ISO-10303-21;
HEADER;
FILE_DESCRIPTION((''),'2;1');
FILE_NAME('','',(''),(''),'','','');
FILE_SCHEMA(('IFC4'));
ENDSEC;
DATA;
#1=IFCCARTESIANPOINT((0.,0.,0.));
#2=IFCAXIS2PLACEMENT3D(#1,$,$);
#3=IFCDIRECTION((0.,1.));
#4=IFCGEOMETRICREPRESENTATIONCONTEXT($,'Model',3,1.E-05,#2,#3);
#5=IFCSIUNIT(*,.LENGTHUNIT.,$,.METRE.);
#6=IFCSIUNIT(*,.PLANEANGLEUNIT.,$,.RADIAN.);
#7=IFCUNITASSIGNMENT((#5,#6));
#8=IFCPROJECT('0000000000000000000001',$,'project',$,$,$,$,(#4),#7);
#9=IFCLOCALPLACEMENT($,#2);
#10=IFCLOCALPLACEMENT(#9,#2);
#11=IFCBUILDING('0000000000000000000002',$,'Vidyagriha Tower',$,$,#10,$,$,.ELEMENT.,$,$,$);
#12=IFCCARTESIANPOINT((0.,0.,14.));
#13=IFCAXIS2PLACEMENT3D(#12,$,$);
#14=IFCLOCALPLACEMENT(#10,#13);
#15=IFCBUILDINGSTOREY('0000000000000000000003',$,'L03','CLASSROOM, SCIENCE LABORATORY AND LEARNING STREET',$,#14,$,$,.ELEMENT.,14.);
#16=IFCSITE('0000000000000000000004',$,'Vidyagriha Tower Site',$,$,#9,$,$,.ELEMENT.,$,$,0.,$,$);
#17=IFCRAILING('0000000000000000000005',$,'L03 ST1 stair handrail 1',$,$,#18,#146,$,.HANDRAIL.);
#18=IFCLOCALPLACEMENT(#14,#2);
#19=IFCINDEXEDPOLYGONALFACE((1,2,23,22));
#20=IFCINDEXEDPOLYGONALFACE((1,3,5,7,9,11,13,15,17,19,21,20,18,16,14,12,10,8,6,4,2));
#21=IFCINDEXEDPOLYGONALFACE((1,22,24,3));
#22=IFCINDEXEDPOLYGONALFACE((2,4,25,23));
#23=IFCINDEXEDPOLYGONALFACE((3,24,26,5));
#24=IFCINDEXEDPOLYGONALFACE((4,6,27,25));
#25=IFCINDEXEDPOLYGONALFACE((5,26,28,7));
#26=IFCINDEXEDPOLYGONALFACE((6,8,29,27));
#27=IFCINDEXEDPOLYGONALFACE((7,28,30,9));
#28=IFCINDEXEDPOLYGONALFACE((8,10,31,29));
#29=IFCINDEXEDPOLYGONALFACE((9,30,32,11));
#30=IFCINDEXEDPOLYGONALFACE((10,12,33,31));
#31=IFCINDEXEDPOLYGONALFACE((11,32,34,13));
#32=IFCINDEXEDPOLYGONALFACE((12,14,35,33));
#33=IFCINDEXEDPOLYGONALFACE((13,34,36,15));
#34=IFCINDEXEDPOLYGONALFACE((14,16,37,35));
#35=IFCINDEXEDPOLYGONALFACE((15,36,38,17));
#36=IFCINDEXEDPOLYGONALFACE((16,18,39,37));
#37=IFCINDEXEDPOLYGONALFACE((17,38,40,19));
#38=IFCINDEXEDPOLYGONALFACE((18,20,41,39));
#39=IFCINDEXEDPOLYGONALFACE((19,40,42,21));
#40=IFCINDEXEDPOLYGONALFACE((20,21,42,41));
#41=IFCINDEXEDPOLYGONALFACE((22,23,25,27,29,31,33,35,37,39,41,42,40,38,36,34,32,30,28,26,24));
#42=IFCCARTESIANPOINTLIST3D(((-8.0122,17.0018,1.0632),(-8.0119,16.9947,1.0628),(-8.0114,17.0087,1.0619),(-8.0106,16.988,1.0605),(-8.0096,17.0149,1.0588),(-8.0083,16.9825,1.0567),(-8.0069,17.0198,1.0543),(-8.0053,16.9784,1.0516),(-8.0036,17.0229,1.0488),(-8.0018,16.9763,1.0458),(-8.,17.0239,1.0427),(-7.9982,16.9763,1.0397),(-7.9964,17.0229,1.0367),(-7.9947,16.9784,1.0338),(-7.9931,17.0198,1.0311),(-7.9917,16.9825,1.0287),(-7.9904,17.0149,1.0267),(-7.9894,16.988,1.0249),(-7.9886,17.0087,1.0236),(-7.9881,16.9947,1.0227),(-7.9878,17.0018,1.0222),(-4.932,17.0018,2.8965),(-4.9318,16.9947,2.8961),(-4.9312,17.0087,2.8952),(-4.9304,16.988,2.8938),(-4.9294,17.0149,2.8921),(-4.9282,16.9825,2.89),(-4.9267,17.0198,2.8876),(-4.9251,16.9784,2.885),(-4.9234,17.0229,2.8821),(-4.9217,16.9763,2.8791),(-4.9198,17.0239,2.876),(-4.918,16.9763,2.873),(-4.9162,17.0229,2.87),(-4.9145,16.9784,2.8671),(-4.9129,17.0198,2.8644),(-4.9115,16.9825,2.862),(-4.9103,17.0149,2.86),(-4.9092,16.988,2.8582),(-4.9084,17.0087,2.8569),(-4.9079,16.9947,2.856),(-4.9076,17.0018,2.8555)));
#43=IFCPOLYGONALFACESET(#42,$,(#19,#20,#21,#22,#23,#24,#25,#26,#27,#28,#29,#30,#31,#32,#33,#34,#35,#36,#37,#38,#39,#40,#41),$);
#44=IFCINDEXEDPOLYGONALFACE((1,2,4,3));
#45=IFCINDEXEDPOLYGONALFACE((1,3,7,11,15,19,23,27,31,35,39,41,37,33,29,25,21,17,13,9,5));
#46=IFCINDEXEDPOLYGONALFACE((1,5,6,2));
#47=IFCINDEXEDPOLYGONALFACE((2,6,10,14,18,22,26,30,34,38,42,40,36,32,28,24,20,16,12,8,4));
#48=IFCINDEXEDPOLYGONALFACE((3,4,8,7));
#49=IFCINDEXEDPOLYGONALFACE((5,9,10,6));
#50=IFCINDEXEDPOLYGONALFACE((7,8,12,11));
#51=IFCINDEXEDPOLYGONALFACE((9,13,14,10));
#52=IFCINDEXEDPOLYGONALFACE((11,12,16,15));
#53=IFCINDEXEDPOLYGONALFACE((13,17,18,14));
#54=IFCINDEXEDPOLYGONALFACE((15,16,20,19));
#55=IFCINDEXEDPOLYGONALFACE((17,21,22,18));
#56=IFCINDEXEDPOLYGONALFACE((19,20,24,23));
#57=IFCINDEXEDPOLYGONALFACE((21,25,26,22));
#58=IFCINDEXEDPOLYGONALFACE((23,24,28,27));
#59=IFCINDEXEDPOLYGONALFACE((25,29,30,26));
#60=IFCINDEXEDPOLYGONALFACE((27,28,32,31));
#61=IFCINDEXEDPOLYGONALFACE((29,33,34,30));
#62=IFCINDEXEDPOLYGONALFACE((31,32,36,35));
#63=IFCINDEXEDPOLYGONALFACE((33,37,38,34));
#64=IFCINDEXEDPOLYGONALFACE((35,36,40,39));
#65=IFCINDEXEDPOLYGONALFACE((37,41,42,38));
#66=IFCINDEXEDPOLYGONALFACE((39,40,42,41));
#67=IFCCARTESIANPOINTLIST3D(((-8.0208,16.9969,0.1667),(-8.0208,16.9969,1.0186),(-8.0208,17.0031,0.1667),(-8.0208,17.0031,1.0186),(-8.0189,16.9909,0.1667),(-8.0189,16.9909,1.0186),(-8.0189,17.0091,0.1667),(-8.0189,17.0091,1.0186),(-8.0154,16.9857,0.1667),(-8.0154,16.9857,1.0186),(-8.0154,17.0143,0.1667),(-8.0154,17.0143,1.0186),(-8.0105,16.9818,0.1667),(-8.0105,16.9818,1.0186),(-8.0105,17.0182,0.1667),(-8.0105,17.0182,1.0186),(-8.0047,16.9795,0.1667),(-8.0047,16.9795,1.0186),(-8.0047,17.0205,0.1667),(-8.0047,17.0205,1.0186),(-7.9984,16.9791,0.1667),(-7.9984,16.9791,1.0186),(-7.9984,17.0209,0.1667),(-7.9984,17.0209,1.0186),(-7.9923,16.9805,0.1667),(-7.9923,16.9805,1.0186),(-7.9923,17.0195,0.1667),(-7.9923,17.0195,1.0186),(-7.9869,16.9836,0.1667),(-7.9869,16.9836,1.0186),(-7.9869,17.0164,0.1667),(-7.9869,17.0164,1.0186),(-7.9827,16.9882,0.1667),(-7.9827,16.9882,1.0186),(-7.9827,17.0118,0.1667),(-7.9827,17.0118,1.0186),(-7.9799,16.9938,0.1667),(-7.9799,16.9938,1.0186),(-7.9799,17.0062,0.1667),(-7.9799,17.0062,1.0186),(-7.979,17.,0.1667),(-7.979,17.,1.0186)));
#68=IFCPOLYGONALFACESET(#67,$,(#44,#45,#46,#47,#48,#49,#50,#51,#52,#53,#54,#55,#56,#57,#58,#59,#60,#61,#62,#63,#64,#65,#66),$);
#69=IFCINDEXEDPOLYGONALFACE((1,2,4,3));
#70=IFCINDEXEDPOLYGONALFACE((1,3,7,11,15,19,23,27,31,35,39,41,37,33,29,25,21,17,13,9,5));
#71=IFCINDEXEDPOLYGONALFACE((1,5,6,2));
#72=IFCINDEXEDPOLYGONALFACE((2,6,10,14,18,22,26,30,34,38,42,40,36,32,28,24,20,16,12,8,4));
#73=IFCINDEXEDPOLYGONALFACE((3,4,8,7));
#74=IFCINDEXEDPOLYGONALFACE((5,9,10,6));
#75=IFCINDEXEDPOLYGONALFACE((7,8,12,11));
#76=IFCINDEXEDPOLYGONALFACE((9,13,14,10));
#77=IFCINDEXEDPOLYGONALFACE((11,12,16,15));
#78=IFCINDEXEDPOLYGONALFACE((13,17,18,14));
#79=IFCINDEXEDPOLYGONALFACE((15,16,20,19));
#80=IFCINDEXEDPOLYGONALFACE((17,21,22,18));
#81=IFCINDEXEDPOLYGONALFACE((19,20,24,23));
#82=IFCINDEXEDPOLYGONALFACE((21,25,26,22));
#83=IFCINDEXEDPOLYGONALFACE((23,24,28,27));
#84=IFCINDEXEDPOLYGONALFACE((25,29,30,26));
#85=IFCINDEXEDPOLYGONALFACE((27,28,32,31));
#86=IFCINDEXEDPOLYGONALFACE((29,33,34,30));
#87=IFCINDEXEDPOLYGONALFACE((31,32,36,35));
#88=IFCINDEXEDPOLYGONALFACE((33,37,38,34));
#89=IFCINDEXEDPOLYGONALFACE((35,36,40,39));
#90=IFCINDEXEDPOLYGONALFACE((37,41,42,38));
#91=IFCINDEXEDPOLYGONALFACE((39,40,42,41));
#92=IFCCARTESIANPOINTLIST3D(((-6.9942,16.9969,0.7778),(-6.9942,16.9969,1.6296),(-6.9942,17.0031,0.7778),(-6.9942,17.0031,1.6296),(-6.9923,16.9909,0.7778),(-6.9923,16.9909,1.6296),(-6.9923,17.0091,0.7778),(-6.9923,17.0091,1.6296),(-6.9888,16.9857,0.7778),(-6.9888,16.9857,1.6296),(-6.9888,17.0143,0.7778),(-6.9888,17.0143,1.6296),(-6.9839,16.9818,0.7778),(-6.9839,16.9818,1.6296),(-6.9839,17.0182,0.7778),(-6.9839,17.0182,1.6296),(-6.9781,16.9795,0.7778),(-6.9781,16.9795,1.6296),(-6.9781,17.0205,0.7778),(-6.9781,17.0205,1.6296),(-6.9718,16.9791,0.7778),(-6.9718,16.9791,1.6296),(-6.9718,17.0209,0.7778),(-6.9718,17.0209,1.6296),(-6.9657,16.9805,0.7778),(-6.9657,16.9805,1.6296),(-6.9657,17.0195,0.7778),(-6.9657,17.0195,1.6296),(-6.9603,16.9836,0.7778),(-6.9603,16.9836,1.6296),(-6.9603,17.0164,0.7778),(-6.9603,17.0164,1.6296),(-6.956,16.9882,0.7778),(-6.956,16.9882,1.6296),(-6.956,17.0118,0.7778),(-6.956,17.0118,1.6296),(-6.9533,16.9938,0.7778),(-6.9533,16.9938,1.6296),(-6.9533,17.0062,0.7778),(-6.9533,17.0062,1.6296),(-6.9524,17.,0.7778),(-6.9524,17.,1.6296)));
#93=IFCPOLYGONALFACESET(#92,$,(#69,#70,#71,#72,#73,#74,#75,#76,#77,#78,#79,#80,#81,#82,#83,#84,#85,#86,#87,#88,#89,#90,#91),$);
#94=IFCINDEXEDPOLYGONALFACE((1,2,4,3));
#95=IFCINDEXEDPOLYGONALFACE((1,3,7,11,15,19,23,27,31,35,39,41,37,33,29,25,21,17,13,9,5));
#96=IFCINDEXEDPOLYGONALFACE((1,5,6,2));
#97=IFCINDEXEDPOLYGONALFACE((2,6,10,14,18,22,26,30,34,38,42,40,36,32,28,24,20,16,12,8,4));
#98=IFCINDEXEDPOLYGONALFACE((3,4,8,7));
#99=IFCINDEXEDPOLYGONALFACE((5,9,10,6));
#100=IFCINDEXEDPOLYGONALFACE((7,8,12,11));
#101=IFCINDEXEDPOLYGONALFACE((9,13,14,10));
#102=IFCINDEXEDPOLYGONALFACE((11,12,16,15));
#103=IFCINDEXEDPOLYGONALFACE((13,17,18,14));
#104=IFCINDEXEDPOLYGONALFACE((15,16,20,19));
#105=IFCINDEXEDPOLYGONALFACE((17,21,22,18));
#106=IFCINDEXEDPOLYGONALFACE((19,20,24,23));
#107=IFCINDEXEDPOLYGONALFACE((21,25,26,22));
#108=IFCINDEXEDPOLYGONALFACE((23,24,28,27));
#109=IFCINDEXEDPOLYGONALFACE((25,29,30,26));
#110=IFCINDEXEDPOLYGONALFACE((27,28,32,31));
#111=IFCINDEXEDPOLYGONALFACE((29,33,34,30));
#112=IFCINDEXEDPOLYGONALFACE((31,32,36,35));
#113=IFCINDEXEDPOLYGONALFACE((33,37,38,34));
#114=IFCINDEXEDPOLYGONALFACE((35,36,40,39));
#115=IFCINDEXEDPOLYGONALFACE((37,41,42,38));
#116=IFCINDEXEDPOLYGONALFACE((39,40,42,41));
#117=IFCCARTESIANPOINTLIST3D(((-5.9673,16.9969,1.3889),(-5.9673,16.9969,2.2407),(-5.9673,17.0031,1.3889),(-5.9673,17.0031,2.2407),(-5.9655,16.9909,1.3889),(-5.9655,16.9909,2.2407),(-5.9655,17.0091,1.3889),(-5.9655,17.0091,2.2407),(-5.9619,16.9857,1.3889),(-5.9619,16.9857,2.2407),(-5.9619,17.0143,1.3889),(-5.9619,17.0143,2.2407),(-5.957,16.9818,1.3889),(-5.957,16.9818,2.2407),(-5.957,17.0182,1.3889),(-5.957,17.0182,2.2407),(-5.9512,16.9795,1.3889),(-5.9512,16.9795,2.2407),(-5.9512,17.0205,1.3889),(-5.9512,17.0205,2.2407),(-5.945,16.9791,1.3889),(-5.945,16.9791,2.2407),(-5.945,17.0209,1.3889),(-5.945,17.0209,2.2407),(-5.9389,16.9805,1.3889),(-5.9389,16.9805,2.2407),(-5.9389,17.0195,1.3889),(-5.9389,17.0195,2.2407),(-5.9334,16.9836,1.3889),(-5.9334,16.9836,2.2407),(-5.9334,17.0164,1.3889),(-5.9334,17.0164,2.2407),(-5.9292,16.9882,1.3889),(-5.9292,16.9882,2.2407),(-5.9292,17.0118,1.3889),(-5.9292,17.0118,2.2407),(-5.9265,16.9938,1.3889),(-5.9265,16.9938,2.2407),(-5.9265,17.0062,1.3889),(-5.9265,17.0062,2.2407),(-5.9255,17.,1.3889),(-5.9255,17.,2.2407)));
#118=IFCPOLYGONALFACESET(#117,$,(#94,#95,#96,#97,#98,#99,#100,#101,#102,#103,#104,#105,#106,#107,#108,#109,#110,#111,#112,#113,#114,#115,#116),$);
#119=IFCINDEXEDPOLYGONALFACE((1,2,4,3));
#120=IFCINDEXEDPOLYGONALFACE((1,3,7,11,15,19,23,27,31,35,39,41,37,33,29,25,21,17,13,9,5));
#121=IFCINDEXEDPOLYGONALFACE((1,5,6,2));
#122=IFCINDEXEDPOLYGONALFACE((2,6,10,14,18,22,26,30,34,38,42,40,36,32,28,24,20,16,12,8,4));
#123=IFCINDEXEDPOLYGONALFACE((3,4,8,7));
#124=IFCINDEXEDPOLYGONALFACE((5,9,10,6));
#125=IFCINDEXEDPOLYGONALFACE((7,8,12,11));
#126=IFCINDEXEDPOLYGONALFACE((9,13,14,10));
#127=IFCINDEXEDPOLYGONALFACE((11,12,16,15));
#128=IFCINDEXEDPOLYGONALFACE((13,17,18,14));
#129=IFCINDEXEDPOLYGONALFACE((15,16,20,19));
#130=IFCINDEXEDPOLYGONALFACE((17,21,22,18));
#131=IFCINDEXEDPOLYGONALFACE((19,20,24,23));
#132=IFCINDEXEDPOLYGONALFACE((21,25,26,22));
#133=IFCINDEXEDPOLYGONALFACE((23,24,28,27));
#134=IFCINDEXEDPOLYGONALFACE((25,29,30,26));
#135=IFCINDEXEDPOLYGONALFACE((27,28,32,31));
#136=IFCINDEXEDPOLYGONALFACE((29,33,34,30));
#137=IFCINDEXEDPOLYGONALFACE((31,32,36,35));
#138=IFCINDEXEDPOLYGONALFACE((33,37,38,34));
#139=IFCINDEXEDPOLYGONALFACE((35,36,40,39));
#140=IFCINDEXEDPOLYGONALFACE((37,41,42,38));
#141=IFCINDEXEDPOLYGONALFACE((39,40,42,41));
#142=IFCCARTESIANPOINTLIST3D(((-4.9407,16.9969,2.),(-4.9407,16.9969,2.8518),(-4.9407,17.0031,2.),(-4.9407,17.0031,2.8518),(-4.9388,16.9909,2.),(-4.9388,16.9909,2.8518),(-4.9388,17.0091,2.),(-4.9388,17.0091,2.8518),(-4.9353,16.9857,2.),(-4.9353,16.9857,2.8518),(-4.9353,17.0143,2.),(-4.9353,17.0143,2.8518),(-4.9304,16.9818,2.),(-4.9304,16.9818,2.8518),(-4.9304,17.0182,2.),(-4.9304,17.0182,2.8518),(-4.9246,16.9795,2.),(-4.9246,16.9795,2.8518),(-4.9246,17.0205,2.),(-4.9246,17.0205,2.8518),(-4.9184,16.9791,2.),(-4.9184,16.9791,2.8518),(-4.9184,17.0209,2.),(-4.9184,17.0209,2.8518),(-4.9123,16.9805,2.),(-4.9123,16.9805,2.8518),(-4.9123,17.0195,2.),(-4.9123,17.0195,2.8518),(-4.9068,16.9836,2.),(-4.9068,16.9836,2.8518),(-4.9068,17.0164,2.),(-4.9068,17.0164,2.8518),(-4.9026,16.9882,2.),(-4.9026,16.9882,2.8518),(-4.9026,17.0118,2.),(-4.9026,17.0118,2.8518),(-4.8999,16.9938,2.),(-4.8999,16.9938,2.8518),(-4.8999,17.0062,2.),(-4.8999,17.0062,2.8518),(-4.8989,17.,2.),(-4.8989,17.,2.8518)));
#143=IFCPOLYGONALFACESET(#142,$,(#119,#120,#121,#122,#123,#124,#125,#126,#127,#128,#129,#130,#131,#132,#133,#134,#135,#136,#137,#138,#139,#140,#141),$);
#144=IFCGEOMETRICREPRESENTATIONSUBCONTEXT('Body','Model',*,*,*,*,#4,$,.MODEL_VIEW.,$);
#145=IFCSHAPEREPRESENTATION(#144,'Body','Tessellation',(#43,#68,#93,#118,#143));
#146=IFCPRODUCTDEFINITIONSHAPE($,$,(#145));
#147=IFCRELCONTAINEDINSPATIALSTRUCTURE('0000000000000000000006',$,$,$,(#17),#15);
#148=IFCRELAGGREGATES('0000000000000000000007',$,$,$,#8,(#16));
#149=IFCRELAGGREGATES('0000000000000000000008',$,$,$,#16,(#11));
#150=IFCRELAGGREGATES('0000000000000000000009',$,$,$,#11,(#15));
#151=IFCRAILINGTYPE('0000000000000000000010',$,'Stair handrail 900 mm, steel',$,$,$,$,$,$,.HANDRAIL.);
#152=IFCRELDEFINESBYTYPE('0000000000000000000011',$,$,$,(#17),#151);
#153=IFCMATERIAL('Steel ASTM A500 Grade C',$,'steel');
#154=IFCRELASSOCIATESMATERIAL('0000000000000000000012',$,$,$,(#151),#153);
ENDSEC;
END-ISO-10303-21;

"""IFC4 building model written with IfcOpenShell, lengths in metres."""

from ifc_helpers import new_model, si_unit, direction, frame, origin, origin_2d, place, context, subcontext, project, spatial, circle, extrude, material, type_object, element, save


model = new_model("IFC4")

# Units and contexts
model_context = context("Model", 3, precision=1e-05, world=origin(), true_north=direction((0.0, 1.0)))
body_context = subcontext(model_context, "Body", "Model", "MODEL_VIEW")
ifc_project = project(units=[si_unit("LENGTHUNIT", "METRE"), si_unit("PLANEANGLEUNIT", "RADIAN")], contexts=[model_context])

# Site, building, storey
site_placement = place(None, origin())
site = spatial("IfcSite", under=ifc_project, at=site_placement, Name="Vidyagriha Tower Site", CompositionType="ELEMENT", RefElevation=0.0)
building_placement = place(site_placement, origin())
building = spatial("IfcBuilding", under=site, at=building_placement, Name="Vidyagriha Tower", CompositionType="ELEMENT")
storey_placement = place(building_placement, frame((0.0, 0.0, 14.0)))
storey = spatial("IfcBuildingStorey", under=building, at=storey_placement, Name="L03", Description="CLASSROOM, SCIENCE LABORATORY AND LEARNING STREET", CompositionType="ELEMENT", Elevation=14.0)

# Railing
ifc_material_1 = material(Name="Steel ASTM A500 Grade C", Category="steel")
railing_type_1 = type_object("IfcRailingType", Name="Stair handrail 900 mm, steel", PredefinedType="HANDRAIL", material=ifc_material_1)
railing_1_placement = place(storey_placement, frame((-8.0, 17.0, 0.1667)))
element("IfcRailing", 1, at=railing_1_placement, inside=storey, type_object=railing_type_1, Name="L03 ST1 stair handrail 1", PredefinedType="HANDRAIL", context=body_context, shape_type="SweptSolid", body=[
    extrude(circle(Radius=0.0239, at=origin_2d()), frame((0.0, 0.0, 0.876), z_axis=(0.859309, 0.0, 0.511458), x_axis=(0.0, 1.0, 0.0)), (0.0, 0.0, 1.0), 3.5845),
    extrude(circle(Radius=0.021, at=origin_2d()), origin(), (0.0, 0.0, 1.0), 0.8518),
    extrude(circle(Radius=0.021, at=origin_2d()), frame((1.0266, 0.0, 0.6111)), (0.0, 0.0, 1.0), 0.8518),
    extrude(circle(Radius=0.021, at=origin_2d()), frame((2.0535, 0.0, 1.2222)), (0.0, 0.0, 1.0), 0.8518),
    extrude(circle(Radius=0.021, at=origin_2d()), frame((3.0801, 0.0, 1.8333)), (0.0, 0.0, 1.0), 0.8518),
])

save(model, "model.ifc")
